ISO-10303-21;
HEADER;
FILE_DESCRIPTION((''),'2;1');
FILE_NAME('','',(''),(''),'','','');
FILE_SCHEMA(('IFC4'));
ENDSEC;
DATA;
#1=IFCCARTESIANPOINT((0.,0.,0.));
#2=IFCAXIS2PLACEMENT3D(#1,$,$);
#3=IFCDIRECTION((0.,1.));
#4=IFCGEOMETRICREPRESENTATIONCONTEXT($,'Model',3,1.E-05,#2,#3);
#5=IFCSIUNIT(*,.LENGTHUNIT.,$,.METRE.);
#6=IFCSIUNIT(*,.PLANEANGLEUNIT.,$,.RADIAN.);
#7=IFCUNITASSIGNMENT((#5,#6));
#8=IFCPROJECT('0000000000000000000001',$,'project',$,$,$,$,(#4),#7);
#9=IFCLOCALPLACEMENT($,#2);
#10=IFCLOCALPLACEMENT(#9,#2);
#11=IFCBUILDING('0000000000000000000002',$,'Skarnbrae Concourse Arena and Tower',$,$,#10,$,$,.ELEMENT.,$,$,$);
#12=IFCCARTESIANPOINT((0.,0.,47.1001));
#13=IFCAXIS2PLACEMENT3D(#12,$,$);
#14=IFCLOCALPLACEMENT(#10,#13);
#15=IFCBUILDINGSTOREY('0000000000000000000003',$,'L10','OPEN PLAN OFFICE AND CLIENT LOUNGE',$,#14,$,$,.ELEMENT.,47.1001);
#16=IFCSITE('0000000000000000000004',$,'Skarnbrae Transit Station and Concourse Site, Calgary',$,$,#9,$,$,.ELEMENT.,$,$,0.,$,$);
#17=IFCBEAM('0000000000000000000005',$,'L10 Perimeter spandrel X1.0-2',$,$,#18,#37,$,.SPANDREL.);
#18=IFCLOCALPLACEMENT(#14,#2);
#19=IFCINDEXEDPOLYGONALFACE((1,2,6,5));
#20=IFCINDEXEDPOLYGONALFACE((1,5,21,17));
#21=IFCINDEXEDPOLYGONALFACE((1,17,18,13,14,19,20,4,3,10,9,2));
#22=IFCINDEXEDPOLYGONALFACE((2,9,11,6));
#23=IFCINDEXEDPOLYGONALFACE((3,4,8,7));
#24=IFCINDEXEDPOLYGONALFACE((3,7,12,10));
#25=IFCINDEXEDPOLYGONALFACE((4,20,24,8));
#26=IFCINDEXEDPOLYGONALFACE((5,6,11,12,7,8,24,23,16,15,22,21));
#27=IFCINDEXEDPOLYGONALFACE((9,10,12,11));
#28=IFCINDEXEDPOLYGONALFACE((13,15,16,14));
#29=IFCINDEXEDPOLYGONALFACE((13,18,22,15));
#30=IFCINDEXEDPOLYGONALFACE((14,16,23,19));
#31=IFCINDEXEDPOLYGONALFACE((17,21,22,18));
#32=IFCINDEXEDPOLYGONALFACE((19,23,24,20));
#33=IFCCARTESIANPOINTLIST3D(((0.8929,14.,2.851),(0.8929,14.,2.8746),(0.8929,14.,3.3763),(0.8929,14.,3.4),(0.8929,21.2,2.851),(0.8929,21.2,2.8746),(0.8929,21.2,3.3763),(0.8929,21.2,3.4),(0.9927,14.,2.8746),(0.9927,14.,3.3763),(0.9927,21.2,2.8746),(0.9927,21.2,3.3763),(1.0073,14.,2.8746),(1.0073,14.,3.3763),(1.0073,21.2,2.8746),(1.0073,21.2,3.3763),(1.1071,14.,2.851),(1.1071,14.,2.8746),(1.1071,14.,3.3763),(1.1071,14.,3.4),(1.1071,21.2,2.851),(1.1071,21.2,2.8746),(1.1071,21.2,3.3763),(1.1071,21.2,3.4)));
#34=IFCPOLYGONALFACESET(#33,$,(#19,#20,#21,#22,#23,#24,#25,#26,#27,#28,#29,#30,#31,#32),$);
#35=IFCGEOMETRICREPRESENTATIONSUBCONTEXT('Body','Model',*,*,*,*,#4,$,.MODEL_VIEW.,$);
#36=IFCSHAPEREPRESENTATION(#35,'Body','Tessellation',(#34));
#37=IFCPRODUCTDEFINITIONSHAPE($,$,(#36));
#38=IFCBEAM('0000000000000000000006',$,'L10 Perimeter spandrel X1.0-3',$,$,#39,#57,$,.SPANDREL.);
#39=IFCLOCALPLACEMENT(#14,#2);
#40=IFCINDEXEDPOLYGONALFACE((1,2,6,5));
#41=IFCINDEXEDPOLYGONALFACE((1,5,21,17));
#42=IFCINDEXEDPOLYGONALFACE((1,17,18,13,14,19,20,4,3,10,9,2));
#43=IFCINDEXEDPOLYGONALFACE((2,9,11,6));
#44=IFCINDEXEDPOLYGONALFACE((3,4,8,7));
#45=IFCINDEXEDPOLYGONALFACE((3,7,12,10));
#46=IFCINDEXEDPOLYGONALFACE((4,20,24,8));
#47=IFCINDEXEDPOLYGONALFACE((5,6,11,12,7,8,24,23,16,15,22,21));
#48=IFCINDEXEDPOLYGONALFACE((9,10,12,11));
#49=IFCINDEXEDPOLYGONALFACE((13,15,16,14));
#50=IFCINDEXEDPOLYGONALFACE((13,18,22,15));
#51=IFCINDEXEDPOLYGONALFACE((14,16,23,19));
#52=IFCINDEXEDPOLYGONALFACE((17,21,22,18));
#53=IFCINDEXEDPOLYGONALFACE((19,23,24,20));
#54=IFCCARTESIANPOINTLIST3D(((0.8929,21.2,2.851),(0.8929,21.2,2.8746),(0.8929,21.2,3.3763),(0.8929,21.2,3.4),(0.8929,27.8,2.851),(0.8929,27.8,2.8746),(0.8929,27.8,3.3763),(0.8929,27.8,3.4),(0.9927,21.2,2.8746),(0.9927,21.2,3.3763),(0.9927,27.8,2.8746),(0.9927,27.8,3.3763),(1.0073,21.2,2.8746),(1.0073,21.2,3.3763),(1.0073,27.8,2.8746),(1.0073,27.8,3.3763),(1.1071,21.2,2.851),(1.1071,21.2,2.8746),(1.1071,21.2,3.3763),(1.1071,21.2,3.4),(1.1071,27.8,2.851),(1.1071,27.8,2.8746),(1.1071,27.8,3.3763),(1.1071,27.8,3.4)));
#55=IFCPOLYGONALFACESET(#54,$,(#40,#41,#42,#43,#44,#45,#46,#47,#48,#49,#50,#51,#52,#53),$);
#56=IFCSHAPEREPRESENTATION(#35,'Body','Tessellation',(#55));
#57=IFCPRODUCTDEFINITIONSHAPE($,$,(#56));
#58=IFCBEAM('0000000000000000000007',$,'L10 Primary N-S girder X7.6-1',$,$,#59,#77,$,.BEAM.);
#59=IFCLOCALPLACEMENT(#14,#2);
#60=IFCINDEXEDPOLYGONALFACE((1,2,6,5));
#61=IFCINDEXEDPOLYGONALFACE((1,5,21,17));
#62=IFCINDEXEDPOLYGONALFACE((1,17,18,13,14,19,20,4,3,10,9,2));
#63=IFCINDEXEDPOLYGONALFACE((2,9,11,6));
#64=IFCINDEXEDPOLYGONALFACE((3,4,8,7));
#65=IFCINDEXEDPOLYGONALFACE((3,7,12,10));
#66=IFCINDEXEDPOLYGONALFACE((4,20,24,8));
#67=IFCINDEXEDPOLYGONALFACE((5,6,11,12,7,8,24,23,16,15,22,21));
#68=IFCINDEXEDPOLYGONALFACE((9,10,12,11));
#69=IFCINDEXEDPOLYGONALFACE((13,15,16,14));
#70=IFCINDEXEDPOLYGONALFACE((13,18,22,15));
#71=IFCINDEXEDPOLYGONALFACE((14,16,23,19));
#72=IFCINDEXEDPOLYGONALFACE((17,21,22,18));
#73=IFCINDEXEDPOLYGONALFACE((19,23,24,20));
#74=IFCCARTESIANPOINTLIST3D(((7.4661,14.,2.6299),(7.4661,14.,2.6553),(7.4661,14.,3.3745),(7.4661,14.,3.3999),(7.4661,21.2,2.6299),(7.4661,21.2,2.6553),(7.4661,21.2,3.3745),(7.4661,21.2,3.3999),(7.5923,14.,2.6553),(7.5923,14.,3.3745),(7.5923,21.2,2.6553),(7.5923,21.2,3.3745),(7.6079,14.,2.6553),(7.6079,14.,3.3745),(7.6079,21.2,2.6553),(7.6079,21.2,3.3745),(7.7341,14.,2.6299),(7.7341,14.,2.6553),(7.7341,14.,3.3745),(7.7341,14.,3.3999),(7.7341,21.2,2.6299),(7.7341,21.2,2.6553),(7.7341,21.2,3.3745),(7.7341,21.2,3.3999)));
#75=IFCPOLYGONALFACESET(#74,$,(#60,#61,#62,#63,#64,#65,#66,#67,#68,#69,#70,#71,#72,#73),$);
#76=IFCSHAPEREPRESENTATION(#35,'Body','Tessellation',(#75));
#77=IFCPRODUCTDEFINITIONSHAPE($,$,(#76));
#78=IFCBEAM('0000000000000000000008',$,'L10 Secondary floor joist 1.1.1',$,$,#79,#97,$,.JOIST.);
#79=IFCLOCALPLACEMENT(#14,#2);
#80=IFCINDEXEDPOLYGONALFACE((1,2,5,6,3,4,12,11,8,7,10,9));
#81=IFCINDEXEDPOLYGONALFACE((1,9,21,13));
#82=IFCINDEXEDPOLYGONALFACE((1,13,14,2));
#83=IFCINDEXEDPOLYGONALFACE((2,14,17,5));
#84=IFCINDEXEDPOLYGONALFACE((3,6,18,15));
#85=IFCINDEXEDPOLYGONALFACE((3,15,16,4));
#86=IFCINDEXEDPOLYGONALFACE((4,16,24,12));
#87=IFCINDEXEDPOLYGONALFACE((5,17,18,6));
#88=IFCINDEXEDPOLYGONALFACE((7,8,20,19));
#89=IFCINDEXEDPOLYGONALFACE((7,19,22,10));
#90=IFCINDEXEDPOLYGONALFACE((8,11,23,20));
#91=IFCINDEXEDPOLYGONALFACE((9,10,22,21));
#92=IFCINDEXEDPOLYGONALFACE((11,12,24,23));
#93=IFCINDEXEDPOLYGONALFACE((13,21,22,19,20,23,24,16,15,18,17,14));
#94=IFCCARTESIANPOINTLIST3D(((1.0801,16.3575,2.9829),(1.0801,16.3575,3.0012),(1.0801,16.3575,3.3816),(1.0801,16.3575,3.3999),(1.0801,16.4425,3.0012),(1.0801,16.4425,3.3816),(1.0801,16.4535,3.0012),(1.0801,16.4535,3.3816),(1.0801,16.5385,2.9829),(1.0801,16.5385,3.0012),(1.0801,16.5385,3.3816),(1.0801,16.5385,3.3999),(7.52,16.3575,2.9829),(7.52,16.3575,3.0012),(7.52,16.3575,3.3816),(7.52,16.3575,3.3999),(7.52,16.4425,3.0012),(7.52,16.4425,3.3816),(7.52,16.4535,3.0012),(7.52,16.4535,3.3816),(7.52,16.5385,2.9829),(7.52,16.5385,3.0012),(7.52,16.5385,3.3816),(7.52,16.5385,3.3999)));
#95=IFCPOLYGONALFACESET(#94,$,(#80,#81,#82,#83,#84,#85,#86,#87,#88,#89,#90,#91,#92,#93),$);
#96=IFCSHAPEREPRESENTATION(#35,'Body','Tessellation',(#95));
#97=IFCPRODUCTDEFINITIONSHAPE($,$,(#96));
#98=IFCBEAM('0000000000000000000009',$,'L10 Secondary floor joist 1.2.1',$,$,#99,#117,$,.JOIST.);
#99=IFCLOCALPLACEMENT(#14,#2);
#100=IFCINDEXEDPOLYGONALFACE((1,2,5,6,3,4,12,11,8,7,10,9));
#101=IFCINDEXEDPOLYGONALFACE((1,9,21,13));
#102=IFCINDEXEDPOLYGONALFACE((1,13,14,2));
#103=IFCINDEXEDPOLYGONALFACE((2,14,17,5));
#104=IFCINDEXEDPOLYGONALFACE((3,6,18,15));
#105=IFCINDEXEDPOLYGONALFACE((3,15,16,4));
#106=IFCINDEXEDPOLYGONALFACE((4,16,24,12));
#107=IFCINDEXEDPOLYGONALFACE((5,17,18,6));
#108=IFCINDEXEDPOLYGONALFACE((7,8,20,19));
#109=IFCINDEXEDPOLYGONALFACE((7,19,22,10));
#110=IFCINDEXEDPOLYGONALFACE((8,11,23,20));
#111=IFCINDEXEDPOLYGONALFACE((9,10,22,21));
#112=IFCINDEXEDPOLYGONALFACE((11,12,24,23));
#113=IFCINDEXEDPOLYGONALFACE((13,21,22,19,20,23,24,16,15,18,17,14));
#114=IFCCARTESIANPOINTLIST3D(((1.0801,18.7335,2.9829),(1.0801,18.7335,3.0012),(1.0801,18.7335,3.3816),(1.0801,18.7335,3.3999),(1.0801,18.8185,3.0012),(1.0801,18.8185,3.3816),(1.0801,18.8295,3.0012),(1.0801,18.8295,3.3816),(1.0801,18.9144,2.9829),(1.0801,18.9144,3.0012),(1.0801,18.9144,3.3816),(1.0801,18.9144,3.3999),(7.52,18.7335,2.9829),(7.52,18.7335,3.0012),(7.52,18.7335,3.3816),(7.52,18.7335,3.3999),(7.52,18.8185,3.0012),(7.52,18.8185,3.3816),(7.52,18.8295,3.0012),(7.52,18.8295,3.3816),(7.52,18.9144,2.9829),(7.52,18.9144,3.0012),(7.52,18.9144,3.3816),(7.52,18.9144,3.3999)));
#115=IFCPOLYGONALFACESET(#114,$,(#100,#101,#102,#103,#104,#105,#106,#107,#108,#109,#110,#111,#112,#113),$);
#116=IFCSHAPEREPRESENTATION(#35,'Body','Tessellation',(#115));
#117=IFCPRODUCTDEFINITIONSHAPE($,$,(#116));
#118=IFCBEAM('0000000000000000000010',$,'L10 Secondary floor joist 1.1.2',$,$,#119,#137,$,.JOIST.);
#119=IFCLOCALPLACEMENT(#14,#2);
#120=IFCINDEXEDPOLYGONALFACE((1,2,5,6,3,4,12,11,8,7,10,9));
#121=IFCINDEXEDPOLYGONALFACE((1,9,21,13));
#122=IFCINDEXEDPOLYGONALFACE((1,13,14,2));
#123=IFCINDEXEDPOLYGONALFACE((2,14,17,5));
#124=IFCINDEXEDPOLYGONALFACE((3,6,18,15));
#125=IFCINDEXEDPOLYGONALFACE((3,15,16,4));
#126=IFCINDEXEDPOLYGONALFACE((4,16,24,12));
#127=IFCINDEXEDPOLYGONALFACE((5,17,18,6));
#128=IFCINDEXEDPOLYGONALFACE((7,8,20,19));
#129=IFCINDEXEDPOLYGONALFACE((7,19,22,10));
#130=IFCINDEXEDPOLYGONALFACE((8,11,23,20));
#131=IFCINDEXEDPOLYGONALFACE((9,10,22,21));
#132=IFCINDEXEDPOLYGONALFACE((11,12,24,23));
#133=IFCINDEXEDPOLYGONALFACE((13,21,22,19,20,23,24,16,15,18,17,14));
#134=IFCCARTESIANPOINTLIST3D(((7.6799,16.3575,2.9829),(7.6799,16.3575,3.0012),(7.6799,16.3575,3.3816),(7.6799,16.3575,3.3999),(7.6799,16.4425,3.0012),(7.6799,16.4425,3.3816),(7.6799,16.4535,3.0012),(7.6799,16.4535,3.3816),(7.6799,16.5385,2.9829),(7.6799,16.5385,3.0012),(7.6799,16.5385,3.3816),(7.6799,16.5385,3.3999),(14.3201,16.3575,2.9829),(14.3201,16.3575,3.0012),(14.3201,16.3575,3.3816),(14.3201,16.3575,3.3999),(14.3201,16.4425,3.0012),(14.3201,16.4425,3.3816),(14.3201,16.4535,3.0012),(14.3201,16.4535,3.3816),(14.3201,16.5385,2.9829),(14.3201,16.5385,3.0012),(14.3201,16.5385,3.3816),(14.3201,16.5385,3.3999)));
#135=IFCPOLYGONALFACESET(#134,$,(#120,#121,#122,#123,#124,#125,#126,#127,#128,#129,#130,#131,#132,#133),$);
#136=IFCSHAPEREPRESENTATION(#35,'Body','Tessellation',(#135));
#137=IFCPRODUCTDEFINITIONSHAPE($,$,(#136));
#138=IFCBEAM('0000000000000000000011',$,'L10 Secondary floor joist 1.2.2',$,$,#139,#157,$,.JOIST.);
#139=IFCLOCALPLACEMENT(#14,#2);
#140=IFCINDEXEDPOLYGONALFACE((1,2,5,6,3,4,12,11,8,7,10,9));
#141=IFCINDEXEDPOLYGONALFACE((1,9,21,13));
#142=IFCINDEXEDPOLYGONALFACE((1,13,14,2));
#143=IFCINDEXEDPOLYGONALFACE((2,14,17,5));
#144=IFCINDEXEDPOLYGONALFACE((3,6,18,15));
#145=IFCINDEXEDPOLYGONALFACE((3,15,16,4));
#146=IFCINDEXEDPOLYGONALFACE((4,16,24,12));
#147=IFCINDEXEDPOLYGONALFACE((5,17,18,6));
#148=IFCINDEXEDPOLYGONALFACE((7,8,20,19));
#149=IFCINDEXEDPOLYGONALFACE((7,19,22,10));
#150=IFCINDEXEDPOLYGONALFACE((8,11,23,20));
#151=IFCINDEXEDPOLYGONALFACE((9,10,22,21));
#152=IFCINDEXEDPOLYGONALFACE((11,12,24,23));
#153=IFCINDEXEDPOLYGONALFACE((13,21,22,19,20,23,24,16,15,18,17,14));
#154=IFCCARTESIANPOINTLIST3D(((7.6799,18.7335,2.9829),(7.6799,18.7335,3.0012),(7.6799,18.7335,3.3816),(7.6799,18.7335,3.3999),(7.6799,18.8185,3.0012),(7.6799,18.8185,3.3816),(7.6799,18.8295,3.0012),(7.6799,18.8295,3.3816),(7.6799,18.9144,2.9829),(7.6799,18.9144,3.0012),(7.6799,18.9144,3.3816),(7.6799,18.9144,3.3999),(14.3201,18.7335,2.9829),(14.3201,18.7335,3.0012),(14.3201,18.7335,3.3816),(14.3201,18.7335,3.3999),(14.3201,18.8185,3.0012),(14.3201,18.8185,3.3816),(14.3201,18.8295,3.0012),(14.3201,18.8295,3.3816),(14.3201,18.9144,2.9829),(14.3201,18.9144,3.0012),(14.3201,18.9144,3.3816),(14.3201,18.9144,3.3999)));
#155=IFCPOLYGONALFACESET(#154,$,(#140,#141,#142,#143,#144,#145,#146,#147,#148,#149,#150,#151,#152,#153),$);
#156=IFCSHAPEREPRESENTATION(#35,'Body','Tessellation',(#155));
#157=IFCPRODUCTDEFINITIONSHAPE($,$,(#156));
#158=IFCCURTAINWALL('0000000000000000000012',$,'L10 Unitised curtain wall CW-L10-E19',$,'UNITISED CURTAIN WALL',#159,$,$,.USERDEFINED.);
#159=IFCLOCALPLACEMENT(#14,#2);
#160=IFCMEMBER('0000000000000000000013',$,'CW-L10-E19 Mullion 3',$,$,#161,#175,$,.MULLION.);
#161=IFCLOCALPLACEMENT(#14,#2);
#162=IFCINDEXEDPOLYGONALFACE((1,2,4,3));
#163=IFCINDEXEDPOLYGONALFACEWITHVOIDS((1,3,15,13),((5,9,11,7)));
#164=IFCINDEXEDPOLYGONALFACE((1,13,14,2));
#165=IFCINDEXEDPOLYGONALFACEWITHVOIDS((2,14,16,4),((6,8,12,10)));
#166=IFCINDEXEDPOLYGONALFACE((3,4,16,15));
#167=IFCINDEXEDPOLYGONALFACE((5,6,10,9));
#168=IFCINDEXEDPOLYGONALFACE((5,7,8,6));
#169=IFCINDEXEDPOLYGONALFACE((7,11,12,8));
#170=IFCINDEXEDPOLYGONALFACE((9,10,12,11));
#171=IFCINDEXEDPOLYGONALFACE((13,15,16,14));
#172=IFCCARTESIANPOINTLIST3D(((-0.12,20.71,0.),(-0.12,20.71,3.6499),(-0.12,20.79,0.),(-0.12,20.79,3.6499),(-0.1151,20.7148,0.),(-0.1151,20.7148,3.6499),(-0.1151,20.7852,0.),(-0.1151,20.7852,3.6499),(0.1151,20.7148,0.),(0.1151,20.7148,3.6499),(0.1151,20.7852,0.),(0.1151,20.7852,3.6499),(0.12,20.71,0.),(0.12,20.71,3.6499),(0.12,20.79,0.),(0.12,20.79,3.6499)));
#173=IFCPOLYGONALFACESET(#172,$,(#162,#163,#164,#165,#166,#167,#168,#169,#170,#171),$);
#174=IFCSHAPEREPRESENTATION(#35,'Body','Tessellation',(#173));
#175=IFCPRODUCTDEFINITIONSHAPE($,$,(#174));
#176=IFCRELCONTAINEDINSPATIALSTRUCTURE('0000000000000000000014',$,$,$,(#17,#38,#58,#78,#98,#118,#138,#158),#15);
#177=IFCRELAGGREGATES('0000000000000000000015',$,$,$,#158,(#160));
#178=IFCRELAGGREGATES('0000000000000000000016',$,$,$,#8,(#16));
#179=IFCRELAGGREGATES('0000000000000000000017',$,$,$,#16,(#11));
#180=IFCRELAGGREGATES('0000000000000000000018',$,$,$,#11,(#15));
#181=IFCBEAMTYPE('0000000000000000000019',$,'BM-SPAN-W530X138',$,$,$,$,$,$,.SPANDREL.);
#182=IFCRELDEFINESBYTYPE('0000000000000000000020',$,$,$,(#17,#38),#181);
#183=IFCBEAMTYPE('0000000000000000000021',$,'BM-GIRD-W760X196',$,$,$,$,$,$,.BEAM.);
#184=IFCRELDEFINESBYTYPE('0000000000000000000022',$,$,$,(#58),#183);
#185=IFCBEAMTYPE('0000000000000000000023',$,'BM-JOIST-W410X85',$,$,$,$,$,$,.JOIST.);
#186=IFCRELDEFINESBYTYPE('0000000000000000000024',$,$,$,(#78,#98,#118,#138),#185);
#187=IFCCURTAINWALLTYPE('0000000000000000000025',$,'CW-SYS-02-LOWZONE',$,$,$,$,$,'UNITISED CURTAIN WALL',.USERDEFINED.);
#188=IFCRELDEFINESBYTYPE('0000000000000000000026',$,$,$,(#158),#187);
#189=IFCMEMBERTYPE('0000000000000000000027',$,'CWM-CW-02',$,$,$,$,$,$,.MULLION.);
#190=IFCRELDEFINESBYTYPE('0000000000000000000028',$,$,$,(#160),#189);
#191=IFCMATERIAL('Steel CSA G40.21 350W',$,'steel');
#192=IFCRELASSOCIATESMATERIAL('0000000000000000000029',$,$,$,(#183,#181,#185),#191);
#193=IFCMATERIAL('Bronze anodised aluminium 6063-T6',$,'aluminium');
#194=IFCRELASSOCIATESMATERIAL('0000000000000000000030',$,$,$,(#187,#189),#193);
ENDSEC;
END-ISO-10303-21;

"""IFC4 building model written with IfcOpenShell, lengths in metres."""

from ifc_helpers import new_model, si_unit, direction, frame, origin, origin_2d, place, context, subcontext, project, spatial, hollow_rectangle, i_section, extrude, source, transform, mapped, material, material_profile, profile_set, type_object, element, aggregate, save


model = new_model("IFC4")

# Units and contexts
model_context = context("Model", 3, precision=1e-05, world=origin(), true_north=direction((0.0, 1.0)))
body_context = subcontext(model_context, "Body", "Model", "MODEL_VIEW")
ifc_project = project(units=[si_unit("LENGTHUNIT", "METRE"), si_unit("PLANEANGLEUNIT", "RADIAN")], contexts=[model_context])

# Site, building, storey
site_placement = place(None, origin())
site = spatial("IfcSite", under=ifc_project, at=site_placement, Name="Skarnbrae Transit Station and Concourse Site, Calgary", CompositionType="ELEMENT", RefElevation=0.0)
building_placement = place(site_placement, origin())
building = spatial("IfcBuilding", under=site, at=building_placement, Name="Skarnbrae Concourse Arena and Tower", CompositionType="ELEMENT")
storey_placement = place(building_placement, frame((0.0, 0.0, 47.1001)))
storey = spatial("IfcBuildingStorey", under=building, at=storey_placement, Name="L10", Description="OPEN PLAN OFFICE AND CLIENT LOUNGE", CompositionType="ELEMENT", Elevation=47.1001)

# Shared definitions
ifc_material_1 = material(Name="Steel CSA G40.21 350W", Category="steel")

# Beams
ifc_material_profile_1 = material_profile(ifc_material_1, i_section(OverallWidth=0.2681, OverallDepth=0.77, WebThickness=0.0156, FlangeThickness=0.0254, at=origin_2d()), Name="W760X196")
ifc_profile_set_1 = profile_set([ifc_material_profile_1], Name="Steel CSA G40.21 350W")
beam_type_1 = type_object("IfcBeamType", Name="BM-GIRD-W760X196", PredefinedType="BEAM", material=ifc_profile_set_1)
ifc_material_profile_2 = material_profile(ifc_material_1, i_section(OverallWidth=0.2141, OverallDepth=0.5491, WebThickness=0.0146, FlangeThickness=0.0237, at=origin_2d()), Name="W530X138")
ifc_profile_set_2 = profile_set([ifc_material_profile_2], Name="Steel CSA G40.21 350W")
beam_type_2 = type_object("IfcBeamType", Name="BM-SPAN-W530X138", PredefinedType="SPANDREL", material=ifc_profile_set_2)
shared_shape_1 = source(origin(), body_context, "Body", "SweptSolid", [
    extrude(i_section(OverallWidth=0.2141, OverallDepth=0.5491, WebThickness=0.0146, FlangeThickness=0.0237, at=origin_2d()), origin(), (0.0, 0.0, 1.0), 7.2),
])
beam_1_placement = place(storey_placement, frame((1.0, 14.0, 3.1255), z_axis=(0.0, 1.0, 0.0), x_axis=(-1.0, 0.0, 0.0)))
element("IfcBeam", 1, at=beam_1_placement, inside=storey, type_object=beam_type_2, Name="L10 Perimeter spandrel X1.0-2", PredefinedType="SPANDREL", context=body_context, shape_type="MappedRepresentation", body=[
    mapped(shared_shape_1, transform((0.0, 0.0, 0.0))),
])
shared_shape_2 = source(origin(), body_context, "Body", "SweptSolid", [
    extrude(i_section(OverallWidth=0.2141, OverallDepth=0.5491, WebThickness=0.0146, FlangeThickness=0.0237, at=origin_2d()), origin(), (0.0, 0.0, 1.0), 6.6001),
])
beam_2_placement = place(storey_placement, frame((1.0, 21.2, 3.1255), z_axis=(0.0, 1.0, 0.0), x_axis=(-1.0, 0.0, 0.0)))
element("IfcBeam", 2, at=beam_2_placement, inside=storey, type_object=beam_type_2, Name="L10 Perimeter spandrel X1.0-3", PredefinedType="SPANDREL", context=body_context, shape_type="MappedRepresentation", body=[
    mapped(shared_shape_2, transform((0.0, 0.0, 0.0))),
])
shared_shape_3 = source(origin(), body_context, "Body", "SweptSolid", [
    extrude(i_section(OverallWidth=0.2681, OverallDepth=0.77, WebThickness=0.0156, FlangeThickness=0.0254, at=origin_2d()), origin(), (0.0, 0.0, 1.0), 7.2),
])
beam_3_placement = place(storey_placement, frame((7.6001, 14.0, 3.0149), z_axis=(0.0, 1.0, 0.0), x_axis=(-1.0, 0.0, 0.0)))
element("IfcBeam", 3, at=beam_3_placement, inside=storey, type_object=beam_type_1, Name="L10 Primary N-S girder X7.6-1", PredefinedType="BEAM", context=body_context, shape_type="MappedRepresentation", body=[
    mapped(shared_shape_3, transform((0.0, 0.0, 0.0))),
])
ifc_material_profile_3 = material_profile(ifc_material_1, i_section(OverallWidth=0.1809, OverallDepth=0.417, WebThickness=0.011, FlangeThickness=0.0183, at=origin_2d()), Name="W410X85")
ifc_profile_set_3 = profile_set([ifc_material_profile_3], Name="Steel CSA G40.21 350W")
beam_type_3 = type_object("IfcBeamType", Name="BM-JOIST-W410X85", PredefinedType="JOIST", material=ifc_profile_set_3)
shared_shape_4 = source(origin(), body_context, "Body", "SweptSolid", [
    extrude(i_section(OverallWidth=0.1809, OverallDepth=0.417, WebThickness=0.011, FlangeThickness=0.0183, at=origin_2d()), origin(), (0.0, 0.0, 1.0), 6.4399),
])
for number, where, z_axis, x_axis, name in (
    (4, (1.0801, 16.448, 3.1914), (1.0, 0.0, 0.0), (0.0, 1.0, 0.0), "L10 Secondary floor joist 1.1.1"),
    (5, (1.0801, 18.824, 3.1914), (1.0, 0.0, 0.0), (0.0, 1.0, 0.0), "L10 Secondary floor joist 1.2.1"),
):
    element("IfcBeam", number, at=place(storey_placement, frame(where, z_axis=z_axis, x_axis=x_axis)), inside=storey, type_object=beam_type_3, Name=name, PredefinedType="JOIST", context=body_context, shape_type="MappedRepresentation", body=[
        mapped(shared_shape_4, transform((0.0, 0.0, 0.0))),
    ])
shared_shape_5 = source(origin(), body_context, "Body", "SweptSolid", [
    extrude(i_section(OverallWidth=0.1809, OverallDepth=0.417, WebThickness=0.011, FlangeThickness=0.0183, at=origin_2d()), origin(), (0.0, 0.0, 1.0), 6.6401),
])
for number, where, z_axis, x_axis, name in (
    (6, (7.6799, 16.448, 3.1914), (1.0, 0.0, 0.0), (0.0, 1.0, 0.0), "L10 Secondary floor joist 1.1.2"),
    (7, (7.6799, 18.824, 3.1914), (1.0, 0.0, 0.0), (0.0, 1.0, 0.0), "L10 Secondary floor joist 1.2.2"),
):
    element("IfcBeam", number, at=place(storey_placement, frame(where, z_axis=z_axis, x_axis=x_axis)), inside=storey, type_object=beam_type_3, Name=name, PredefinedType="JOIST", context=body_context, shape_type="MappedRepresentation", body=[
        mapped(shared_shape_5, transform((0.0, 0.0, 0.0))),
    ])

# Curtain wall, member
ifc_material_2 = material(Name="Bronze anodised aluminium 6063-T6", Category="aluminium")
curtain_wall_type = type_object("IfcCurtainWallType", Name="CW-SYS-02-LOWZONE", ElementType="UNITISED CURTAIN WALL", PredefinedType="USERDEFINED", material=ifc_material_2)
curtain_wall_placement = place(storey_placement, origin())
curtain_wall = element("IfcCurtainWall", 8, at=curtain_wall_placement, inside=storey, type_object=curtain_wall_type, Name="L10 Unitised curtain wall CW-L10-E19", ObjectType="UNITISED CURTAIN WALL", PredefinedType="USERDEFINED")
ifc_material_profile_4 = material_profile(ifc_material_2, hollow_rectangle(XDim=0.0801, YDim=0.24, WallThickness=0.0049, at=origin_2d()), Name="ALU-MULL-80X240")
ifc_profile_set_4 = profile_set([ifc_material_profile_4], Name="Bronze anodised aluminium 6063-T6")
member_type_1 = type_object("IfcMemberType", Name="CWM-CW-02", PredefinedType="MULLION", material=ifc_profile_set_4)
shared_shape_6 = source(origin(), body_context, "Body", "SweptSolid", [
    extrude(hollow_rectangle(XDim=0.0801, YDim=0.24, WallThickness=0.0049, at=origin_2d()), origin(), (0.0, 0.0, 1.0), 3.6499),
])
member_1_placement = place(storey_placement, frame((0.0, 20.75, 0.0), z_axis=(0.0, 0.0, 1.0), x_axis=(0.0, -1.0, 0.0)))
member_1 = element("IfcMember", 9, at=member_1_placement, type_object=member_type_1, Name="CW-L10-E19 Mullion 3", PredefinedType="MULLION", context=body_context, shape_type="MappedRepresentation", body=[
    mapped(shared_shape_6, transform((0.0, 0.0, 0.0))),
])
aggregate(curtain_wall, [member_1])

save(model, "model.ifc")
